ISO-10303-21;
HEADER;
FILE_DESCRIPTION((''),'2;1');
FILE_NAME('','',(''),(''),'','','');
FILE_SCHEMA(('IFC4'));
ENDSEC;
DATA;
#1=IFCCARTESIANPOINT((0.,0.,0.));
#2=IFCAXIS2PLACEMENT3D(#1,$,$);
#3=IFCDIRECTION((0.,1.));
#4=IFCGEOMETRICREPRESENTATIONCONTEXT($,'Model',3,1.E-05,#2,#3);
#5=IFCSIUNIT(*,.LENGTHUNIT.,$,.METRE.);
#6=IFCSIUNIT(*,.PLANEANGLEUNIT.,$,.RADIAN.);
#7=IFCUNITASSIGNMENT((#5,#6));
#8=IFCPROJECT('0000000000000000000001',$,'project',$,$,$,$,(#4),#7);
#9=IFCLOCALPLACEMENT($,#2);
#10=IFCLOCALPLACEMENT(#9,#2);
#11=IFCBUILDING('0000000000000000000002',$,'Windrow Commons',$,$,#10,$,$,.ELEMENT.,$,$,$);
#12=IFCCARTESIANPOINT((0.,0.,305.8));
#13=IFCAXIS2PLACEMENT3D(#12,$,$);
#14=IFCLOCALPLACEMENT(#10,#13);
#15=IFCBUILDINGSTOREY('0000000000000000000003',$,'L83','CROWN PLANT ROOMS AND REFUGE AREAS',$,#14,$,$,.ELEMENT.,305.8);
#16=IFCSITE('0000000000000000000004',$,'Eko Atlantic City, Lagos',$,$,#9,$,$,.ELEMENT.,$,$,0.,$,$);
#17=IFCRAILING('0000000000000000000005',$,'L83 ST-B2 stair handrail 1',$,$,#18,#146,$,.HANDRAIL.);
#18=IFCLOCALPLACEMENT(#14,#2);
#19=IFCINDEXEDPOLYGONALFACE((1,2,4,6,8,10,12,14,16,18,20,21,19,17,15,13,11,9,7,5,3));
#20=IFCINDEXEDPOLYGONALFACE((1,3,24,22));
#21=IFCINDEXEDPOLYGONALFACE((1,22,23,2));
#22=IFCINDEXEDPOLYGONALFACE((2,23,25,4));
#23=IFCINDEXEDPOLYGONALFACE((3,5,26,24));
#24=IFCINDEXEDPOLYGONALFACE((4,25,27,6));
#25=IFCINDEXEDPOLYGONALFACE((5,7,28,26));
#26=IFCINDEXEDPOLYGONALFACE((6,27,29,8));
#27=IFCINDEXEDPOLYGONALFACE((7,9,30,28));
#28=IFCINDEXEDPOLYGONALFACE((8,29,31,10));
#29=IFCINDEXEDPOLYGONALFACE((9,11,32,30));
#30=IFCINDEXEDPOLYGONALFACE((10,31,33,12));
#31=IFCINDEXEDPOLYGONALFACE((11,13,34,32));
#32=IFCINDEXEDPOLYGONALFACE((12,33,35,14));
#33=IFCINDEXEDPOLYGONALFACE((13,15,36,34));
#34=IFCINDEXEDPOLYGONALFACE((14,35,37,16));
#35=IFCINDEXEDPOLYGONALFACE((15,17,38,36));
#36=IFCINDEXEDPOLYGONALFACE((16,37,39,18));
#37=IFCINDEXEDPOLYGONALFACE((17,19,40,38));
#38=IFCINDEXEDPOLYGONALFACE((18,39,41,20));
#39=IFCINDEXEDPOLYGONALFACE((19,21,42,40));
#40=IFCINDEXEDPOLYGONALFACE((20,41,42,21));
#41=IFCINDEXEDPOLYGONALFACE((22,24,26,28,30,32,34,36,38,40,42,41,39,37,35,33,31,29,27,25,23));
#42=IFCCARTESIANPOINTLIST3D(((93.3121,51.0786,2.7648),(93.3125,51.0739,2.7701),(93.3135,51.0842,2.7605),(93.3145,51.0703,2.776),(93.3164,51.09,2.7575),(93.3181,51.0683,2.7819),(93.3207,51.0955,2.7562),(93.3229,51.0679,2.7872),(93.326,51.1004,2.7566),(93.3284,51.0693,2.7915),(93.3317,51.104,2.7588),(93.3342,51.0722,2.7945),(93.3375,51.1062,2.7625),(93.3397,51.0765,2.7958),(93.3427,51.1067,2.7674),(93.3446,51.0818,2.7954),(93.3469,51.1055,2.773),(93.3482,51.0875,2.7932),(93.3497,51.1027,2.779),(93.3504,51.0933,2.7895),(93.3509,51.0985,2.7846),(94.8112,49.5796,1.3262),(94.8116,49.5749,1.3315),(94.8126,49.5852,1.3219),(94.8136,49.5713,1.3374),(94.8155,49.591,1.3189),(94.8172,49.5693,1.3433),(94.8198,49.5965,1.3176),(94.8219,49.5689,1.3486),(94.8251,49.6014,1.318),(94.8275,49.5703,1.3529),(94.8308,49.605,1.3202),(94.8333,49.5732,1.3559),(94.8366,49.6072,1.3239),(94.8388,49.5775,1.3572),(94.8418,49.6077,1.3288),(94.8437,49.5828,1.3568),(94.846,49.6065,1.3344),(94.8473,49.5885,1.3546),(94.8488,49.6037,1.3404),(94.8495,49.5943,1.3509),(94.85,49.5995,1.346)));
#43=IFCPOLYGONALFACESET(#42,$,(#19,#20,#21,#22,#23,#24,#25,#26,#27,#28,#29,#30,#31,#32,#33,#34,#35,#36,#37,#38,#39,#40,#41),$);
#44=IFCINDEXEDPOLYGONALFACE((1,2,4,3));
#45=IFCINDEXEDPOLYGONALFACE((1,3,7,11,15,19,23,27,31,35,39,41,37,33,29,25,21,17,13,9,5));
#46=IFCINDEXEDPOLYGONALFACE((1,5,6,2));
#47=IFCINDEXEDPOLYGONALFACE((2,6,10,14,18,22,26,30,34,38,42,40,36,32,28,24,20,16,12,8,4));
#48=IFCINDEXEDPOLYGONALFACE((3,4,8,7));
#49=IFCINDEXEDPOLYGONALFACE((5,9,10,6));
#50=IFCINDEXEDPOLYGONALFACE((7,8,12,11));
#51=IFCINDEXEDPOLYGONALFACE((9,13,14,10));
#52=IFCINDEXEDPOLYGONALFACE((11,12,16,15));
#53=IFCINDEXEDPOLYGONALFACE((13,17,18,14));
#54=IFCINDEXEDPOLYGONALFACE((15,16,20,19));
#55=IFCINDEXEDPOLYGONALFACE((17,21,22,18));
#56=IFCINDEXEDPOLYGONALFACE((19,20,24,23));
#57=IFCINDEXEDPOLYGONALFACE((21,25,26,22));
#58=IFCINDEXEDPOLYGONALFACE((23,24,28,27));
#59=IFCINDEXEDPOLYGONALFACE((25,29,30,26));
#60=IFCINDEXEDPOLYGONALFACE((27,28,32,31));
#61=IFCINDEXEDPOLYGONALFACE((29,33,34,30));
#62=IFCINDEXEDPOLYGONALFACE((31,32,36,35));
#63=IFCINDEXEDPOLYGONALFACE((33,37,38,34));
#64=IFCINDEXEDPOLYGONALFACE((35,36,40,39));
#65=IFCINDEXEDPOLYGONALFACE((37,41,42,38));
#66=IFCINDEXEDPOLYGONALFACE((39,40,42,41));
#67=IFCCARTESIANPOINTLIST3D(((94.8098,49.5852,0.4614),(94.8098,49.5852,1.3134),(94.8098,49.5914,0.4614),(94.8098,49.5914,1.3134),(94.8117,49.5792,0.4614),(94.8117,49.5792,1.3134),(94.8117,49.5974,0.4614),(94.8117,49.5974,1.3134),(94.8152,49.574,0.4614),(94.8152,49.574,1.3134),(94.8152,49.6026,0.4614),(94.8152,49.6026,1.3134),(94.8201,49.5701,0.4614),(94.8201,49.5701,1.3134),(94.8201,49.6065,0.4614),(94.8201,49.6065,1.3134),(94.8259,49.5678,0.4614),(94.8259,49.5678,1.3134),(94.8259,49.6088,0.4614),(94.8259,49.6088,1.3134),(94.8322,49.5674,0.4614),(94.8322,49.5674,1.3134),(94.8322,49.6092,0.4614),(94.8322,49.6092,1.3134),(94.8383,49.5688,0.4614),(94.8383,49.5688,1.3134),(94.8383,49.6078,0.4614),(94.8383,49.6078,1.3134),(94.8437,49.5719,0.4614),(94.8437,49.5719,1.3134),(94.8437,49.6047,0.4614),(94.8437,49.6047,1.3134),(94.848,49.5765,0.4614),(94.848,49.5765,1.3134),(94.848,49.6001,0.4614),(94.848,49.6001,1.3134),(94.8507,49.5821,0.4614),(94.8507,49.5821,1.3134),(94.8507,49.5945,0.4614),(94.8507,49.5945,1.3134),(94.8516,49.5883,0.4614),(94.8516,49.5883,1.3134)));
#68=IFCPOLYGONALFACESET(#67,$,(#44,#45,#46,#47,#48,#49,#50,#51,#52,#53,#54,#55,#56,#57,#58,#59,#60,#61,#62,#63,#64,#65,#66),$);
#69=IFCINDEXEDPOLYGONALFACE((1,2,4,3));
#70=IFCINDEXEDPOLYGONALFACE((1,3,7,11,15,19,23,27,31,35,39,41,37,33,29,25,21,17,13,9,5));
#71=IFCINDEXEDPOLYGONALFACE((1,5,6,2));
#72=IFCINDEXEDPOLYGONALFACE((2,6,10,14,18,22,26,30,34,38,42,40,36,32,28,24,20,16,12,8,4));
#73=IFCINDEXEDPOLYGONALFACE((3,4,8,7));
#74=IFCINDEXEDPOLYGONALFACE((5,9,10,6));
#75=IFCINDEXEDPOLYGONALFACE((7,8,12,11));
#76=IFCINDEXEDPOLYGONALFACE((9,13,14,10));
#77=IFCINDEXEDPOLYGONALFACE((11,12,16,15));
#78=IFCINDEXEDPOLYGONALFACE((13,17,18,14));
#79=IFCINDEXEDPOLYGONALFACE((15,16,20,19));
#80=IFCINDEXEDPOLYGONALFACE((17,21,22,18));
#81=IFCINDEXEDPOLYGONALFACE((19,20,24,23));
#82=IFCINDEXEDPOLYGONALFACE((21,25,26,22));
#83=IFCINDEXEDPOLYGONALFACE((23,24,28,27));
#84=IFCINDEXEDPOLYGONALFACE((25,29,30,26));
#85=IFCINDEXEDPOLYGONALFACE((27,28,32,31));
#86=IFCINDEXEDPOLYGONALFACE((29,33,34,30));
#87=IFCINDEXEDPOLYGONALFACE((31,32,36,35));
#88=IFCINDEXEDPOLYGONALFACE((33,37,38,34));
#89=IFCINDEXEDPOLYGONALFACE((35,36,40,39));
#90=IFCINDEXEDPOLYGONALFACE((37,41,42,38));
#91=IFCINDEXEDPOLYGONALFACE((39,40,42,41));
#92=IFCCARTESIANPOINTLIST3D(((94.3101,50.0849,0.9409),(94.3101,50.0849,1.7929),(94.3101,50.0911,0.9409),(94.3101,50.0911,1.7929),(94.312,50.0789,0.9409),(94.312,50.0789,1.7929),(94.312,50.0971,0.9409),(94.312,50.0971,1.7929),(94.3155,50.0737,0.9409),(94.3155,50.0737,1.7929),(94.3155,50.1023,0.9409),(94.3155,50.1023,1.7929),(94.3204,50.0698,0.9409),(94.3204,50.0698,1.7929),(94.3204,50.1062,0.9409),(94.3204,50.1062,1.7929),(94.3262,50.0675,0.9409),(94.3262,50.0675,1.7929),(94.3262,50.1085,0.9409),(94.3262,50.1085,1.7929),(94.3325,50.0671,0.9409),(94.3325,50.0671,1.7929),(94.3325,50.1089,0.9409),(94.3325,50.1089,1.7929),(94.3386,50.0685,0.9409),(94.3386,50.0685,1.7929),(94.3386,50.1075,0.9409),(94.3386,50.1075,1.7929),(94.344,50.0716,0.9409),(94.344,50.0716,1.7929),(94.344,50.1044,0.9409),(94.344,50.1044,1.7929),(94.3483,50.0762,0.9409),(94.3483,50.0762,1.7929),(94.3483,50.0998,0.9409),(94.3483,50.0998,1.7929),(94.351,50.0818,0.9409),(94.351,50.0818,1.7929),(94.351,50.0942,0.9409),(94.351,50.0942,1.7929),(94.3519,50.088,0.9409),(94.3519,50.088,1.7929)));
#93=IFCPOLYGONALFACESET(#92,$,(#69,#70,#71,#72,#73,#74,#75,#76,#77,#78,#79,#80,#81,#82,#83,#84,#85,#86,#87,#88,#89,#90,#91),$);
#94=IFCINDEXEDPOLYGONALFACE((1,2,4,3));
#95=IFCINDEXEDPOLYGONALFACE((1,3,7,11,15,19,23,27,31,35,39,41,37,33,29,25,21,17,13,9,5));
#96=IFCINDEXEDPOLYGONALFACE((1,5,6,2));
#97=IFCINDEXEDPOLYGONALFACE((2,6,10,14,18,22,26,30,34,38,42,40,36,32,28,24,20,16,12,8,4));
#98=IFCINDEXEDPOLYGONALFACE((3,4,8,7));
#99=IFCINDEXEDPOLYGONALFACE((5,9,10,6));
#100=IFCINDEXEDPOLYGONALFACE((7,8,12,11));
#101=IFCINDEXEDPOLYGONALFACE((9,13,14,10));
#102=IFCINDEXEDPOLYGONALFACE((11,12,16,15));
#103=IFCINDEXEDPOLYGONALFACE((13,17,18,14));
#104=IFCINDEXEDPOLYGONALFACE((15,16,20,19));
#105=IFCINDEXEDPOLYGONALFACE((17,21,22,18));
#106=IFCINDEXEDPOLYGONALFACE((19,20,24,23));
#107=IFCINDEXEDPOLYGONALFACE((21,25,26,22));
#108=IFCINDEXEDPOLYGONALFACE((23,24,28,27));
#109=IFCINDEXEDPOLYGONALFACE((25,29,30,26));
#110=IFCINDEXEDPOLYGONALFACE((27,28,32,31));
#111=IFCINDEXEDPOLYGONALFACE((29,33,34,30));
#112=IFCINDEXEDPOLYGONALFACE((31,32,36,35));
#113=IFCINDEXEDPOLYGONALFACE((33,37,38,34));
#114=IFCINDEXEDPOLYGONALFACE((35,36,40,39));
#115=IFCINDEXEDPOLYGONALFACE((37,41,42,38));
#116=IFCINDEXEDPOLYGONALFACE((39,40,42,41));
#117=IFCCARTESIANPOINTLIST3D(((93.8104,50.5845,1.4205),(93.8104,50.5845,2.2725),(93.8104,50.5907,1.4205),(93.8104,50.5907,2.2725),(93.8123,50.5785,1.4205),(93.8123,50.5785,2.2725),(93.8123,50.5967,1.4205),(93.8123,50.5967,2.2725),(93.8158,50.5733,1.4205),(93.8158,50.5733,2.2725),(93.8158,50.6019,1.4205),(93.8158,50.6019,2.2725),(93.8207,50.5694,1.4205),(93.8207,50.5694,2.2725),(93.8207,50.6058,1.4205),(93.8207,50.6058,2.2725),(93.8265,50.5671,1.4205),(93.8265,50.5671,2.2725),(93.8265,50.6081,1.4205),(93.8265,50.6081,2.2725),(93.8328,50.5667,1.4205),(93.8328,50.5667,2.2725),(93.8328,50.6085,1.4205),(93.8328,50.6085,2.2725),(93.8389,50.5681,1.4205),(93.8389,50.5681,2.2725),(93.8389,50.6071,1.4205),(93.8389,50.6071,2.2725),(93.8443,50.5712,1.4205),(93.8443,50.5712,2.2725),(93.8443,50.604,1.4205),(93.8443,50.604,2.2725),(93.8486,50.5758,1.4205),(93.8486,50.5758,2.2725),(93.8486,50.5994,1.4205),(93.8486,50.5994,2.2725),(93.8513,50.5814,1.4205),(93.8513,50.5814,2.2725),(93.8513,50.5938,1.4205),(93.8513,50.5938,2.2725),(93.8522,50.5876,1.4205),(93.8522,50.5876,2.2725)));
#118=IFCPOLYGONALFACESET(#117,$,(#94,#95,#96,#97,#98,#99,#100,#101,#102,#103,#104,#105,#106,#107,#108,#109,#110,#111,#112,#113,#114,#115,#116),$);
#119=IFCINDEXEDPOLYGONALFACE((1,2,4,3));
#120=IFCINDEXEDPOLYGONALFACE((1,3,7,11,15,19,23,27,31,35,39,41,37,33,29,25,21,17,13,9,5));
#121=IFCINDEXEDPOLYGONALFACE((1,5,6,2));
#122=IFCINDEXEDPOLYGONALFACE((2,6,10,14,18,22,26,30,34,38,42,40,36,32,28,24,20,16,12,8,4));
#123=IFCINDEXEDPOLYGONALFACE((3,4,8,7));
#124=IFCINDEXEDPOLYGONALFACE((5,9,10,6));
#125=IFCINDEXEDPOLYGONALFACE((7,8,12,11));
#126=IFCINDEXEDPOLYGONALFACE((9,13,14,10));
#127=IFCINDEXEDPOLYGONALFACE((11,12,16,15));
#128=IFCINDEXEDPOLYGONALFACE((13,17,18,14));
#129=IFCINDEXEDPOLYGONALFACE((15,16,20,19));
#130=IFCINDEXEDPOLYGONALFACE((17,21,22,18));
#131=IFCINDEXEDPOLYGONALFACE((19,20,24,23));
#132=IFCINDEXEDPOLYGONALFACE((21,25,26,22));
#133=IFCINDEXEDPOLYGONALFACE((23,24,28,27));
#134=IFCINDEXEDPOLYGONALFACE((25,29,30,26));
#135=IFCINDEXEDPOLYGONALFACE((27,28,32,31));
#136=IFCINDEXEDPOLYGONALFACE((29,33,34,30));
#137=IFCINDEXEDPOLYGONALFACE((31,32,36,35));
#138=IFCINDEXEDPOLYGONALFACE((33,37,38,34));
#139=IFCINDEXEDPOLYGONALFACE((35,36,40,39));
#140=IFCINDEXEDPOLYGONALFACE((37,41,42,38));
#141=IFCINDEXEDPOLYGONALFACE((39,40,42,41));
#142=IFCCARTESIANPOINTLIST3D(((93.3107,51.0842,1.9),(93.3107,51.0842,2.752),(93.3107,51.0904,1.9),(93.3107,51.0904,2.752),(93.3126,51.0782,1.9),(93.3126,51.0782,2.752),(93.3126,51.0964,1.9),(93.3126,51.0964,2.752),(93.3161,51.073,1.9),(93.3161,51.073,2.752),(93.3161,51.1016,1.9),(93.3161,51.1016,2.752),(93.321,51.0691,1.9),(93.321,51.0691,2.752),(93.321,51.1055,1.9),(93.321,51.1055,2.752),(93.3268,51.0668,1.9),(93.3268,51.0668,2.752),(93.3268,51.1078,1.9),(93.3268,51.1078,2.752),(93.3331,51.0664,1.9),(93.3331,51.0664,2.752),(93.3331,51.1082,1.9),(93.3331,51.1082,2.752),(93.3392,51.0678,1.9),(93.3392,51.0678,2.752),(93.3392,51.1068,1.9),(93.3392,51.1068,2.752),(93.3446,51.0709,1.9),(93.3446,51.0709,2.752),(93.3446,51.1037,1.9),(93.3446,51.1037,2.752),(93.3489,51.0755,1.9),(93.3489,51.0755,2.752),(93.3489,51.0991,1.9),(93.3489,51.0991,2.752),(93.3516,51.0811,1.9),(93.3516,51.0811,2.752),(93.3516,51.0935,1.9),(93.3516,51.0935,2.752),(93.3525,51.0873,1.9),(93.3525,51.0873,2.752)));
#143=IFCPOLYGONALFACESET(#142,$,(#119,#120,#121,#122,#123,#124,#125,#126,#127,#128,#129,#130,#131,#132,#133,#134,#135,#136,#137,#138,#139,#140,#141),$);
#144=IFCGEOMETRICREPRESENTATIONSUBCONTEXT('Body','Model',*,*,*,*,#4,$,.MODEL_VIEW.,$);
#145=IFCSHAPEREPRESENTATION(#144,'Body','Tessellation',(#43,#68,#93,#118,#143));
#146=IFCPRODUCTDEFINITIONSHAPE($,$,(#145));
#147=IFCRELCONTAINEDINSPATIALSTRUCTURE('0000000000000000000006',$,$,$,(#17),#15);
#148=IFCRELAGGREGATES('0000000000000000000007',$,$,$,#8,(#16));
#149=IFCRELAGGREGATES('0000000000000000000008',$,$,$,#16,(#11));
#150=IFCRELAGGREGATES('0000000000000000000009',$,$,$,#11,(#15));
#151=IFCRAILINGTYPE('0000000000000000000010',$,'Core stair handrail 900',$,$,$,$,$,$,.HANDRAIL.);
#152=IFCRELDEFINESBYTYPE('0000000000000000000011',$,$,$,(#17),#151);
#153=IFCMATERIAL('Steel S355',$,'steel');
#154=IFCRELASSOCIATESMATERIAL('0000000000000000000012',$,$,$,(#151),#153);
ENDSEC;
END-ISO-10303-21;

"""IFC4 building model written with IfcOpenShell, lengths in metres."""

from ifc_helpers import new_model, si_unit, direction, frame, origin, origin_2d, place, context, subcontext, project, spatial, circle, extrude, material, type_object, element, save


model = new_model("IFC4")

# Units and contexts
model_context = context("Model", 3, precision=1e-05, world=origin(), true_north=direction((0.0, 1.0)))
body_context = subcontext(model_context, "Body", "Model", "MODEL_VIEW")
ifc_project = project(units=[si_unit("LENGTHUNIT", "METRE"), si_unit("PLANEANGLEUNIT", "RADIAN")], contexts=[model_context])

# Site, building, storey
site_placement = place(None, origin())
site = spatial("IfcSite", under=ifc_project, at=site_placement, Name="Eko Atlantic City, Lagos", CompositionType="ELEMENT", RefElevation=0.0)
building_placement = place(site_placement, origin())
building = spatial("IfcBuilding", under=site, at=building_placement, Name="Windrow Commons", CompositionType="ELEMENT")
storey_placement = place(building_placement, frame((0.0, 0.0, 305.8)))
storey = spatial("IfcBuildingStorey", under=building, at=storey_placement, Name="L83", Description="CROWN PLANT ROOMS AND REFUGE AREAS", CompositionType="ELEMENT", Elevation=305.8)

# Railing
ifc_material_1 = material(Name="Steel S355", Category="steel")
railing_type_1 = type_object("IfcRailingType", Name="Core stair handrail 900", PredefinedType="HANDRAIL", material=ifc_material_1)
railing_1_placement = place(storey_placement, frame((94.8306, 49.5883, 0.4614)))
element("IfcRailing", 1, at=railing_1_placement, inside=storey, type_object=railing_type_1, Name="L83 ST-B2 stair handrail 1", PredefinedType="HANDRAIL", context=body_context, shape_type="SweptSolid", body=[
    extrude(circle(Radius=0.024, at=origin_2d()), frame((0.0, 0.0, 0.876), z_axis=(-0.585128, 0.585089, 0.561513), x_axis=(-0.707083, -0.70713, 0.0)), (0.0, 0.0, 1.0), 2.562),
    extrude(circle(Radius=0.021, at=origin_2d()), origin(), (0.0, 0.0, 1.0), 0.852),
    extrude(circle(Radius=0.021, at=origin_2d()), frame((-0.4997, 0.4997, 0.4795)), (0.0, 0.0, 1.0), 0.852),
    extrude(circle(Radius=0.021, at=origin_2d()), frame((-0.9994, 0.9993, 0.9591)), (0.0, 0.0, 1.0), 0.852),
    extrude(circle(Radius=0.021, at=origin_2d()), frame((-1.4991, 1.499, 1.4386)), (0.0, 0.0, 1.0), 0.852),
])

save(model, "model.ifc")
